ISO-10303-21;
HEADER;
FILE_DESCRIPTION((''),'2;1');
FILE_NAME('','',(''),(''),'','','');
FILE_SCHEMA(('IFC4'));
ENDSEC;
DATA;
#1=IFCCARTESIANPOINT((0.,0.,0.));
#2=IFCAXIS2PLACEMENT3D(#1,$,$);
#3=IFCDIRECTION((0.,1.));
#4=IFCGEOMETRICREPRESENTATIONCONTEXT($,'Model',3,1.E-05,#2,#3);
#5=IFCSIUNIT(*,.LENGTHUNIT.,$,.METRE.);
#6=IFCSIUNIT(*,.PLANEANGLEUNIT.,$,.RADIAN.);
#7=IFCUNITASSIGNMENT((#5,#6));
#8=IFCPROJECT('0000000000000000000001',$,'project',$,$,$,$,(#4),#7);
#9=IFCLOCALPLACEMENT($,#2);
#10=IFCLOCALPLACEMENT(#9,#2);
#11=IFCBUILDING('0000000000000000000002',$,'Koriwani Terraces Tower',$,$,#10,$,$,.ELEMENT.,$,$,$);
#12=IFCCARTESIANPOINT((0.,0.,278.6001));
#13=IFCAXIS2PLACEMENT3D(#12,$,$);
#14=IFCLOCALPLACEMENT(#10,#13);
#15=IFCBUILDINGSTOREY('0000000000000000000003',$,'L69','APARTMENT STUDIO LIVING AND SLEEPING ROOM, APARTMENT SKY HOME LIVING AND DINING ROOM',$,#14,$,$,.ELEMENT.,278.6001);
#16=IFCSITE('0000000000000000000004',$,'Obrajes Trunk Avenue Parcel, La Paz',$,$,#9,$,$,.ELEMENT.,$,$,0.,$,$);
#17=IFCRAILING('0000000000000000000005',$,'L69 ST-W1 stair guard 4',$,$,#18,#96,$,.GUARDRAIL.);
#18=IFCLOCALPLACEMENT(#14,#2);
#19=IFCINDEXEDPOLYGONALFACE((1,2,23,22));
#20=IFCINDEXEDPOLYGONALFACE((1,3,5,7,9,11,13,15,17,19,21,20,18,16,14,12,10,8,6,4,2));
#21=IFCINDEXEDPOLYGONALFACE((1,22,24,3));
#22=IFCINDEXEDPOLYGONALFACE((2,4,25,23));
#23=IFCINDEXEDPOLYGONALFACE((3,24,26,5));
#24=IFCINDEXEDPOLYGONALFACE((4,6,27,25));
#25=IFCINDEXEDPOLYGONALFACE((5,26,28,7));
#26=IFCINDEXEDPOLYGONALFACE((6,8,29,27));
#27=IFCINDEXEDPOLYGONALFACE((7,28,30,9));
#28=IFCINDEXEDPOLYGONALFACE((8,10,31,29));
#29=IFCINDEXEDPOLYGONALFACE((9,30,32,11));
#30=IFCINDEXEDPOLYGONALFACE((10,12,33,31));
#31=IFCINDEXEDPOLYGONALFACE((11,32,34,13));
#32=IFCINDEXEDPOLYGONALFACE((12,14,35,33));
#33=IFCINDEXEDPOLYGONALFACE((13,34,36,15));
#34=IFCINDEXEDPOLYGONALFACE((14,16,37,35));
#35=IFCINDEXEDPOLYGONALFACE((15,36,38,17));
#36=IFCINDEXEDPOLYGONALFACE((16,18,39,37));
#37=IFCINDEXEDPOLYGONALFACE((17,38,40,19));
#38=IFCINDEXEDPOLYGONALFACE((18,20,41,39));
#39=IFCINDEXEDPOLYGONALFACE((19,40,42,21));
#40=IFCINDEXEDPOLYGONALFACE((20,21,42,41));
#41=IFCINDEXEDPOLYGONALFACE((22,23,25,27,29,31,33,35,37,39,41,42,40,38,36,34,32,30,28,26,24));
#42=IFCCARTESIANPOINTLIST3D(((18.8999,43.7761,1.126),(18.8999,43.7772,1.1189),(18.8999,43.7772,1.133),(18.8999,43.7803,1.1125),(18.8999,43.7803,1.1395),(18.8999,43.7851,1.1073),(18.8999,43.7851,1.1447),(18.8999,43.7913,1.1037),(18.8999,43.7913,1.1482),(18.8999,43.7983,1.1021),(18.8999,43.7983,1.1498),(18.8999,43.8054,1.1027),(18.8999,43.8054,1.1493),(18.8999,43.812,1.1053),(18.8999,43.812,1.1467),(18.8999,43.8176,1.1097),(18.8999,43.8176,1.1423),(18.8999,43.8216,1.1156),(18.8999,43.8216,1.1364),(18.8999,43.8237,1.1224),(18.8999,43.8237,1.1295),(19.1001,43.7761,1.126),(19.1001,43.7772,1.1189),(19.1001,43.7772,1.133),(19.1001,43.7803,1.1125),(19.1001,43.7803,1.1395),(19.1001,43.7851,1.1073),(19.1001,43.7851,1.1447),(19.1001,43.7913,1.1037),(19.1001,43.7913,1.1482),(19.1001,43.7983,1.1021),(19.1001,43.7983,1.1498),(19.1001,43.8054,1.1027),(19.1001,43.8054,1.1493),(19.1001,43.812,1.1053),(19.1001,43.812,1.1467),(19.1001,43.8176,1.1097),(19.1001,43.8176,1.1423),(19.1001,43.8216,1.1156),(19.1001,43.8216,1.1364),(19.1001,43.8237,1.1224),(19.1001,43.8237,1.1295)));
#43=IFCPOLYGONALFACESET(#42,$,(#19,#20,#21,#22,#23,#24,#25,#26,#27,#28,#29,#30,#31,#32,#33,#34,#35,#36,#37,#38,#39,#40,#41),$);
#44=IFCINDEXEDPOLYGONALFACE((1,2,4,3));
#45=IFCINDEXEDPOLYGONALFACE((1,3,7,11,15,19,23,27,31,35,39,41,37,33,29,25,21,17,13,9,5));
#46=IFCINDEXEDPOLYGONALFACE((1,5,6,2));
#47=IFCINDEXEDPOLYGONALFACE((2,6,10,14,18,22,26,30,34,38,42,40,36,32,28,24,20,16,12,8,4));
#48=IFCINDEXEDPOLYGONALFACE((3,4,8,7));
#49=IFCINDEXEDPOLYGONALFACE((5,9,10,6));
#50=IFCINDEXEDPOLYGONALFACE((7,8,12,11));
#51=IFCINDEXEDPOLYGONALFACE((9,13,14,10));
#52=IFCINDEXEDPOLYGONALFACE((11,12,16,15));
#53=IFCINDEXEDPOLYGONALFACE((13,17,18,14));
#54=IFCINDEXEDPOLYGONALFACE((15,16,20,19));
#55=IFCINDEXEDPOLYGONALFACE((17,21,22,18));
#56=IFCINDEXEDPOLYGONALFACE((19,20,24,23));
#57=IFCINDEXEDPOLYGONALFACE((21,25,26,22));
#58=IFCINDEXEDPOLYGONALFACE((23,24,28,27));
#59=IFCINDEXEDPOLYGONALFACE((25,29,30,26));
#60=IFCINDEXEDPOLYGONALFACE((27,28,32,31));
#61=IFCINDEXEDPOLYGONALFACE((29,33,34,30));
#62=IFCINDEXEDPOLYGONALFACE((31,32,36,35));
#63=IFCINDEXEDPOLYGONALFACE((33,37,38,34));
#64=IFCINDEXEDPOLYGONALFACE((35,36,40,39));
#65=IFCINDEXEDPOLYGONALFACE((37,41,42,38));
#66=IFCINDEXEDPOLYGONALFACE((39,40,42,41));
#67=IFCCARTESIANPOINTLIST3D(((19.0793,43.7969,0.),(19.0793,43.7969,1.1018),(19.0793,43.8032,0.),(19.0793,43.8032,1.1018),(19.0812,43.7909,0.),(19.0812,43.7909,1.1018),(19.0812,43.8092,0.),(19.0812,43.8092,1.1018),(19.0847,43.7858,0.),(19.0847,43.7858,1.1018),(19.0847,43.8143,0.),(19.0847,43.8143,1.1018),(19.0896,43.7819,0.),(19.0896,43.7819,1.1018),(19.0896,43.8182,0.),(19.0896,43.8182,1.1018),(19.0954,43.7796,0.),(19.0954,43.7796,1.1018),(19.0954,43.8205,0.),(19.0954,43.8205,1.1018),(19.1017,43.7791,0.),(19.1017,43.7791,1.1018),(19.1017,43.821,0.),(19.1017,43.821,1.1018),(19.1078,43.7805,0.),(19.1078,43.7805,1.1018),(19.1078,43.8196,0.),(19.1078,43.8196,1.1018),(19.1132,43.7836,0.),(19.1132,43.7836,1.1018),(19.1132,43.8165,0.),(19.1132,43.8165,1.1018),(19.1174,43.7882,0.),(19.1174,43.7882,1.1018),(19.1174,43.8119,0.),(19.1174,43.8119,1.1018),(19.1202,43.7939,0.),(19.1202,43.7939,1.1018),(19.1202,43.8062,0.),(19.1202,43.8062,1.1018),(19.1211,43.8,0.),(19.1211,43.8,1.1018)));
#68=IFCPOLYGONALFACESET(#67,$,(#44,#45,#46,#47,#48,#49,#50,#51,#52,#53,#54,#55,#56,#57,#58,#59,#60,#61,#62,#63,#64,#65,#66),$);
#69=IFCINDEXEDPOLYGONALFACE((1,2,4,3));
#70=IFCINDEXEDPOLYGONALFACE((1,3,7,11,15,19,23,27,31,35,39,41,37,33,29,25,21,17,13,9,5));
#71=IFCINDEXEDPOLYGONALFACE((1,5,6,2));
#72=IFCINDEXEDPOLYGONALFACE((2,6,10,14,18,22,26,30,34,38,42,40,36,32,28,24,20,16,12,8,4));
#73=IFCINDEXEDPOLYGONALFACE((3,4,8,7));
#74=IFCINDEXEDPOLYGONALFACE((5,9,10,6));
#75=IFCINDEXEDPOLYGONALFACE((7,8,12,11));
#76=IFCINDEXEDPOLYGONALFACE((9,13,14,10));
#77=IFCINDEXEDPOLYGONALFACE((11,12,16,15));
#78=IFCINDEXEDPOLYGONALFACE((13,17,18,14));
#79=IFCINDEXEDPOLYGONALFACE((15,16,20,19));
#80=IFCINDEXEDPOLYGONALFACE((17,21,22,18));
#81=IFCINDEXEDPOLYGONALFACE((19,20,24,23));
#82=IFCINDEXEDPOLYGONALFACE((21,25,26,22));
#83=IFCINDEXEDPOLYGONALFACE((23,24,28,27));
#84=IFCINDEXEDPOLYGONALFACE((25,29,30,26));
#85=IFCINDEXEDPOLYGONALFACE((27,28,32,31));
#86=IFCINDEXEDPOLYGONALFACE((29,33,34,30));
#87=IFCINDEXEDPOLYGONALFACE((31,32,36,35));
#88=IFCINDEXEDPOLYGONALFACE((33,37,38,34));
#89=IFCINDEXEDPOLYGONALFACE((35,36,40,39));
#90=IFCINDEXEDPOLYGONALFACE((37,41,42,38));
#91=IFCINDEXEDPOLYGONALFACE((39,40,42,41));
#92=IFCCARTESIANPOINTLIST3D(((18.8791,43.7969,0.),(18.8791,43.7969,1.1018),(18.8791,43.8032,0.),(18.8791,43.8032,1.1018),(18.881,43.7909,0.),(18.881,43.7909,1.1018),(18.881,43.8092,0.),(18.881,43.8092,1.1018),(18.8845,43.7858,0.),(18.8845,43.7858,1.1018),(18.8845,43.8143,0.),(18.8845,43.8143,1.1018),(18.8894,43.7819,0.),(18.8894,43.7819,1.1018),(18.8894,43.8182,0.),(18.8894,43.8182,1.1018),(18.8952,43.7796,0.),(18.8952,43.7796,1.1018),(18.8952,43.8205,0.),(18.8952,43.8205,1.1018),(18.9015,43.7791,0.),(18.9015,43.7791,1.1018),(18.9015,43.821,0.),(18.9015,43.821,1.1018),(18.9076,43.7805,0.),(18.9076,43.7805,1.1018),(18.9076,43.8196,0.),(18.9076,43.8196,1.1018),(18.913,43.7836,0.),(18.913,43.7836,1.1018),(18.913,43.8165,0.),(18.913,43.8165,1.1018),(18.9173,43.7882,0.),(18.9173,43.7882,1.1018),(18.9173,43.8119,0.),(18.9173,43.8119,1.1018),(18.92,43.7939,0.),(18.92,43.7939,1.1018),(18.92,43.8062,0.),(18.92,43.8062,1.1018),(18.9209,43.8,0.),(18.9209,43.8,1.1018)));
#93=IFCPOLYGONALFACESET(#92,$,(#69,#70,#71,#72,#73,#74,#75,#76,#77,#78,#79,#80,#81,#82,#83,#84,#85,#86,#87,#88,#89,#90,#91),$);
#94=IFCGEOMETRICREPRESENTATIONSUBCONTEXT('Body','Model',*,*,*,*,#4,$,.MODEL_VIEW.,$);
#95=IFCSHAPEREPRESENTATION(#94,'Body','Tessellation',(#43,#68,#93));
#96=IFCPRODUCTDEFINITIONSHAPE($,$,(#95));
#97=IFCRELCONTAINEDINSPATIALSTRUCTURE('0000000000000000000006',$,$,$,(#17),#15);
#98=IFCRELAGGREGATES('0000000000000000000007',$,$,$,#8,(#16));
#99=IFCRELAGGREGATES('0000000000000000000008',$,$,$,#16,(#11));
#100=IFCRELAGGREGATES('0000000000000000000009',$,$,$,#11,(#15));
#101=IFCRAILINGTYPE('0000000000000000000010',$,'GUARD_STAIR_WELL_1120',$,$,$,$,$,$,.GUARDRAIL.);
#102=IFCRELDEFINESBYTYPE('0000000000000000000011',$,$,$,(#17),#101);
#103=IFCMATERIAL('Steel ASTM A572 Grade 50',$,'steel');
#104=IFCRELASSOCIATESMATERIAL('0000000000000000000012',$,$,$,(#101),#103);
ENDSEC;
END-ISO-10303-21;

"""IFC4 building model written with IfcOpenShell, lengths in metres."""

from ifc_helpers import new_model, si_unit, direction, frame, origin, origin_2d, place, context, subcontext, project, spatial, circle, extrude, material, type_object, element, save


model = new_model("IFC4")

# Units and contexts
model_context = context("Model", 3, precision=1e-05, world=origin(), true_north=direction((0.0, 1.0)))
body_context = subcontext(model_context, "Body", "Model", "MODEL_VIEW")
ifc_project = project(units=[si_unit("LENGTHUNIT", "METRE"), si_unit("PLANEANGLEUNIT", "RADIAN")], contexts=[model_context])

# Site, building, storey
site_placement = place(None, origin())
site = spatial("IfcSite", under=ifc_project, at=site_placement, Name="Obrajes Trunk Avenue Parcel, La Paz", CompositionType="ELEMENT", RefElevation=0.0)
building_placement = place(site_placement, origin())
building = spatial("IfcBuilding", under=site, at=building_placement, Name="Koriwani Terraces Tower", CompositionType="ELEMENT")
storey_placement = place(building_placement, frame((0.0, 0.0, 278.6001)))
storey = spatial("IfcBuildingStorey", under=building, at=storey_placement, Name="L69", Description="APARTMENT STUDIO LIVING AND SLEEPING ROOM, APARTMENT SKY HOME LIVING AND DINING ROOM", CompositionType="ELEMENT", Elevation=278.6001)

# Shared definitions
ifc_material_1 = material(Name="Steel ASTM A572 Grade 50", Category="steel")

# Railing
railing_type_1 = type_object("IfcRailingType", Name="GUARD_STAIR_WELL_1120", PredefinedType="GUARDRAIL", material=ifc_material_1)
railing_1_placement = place(storey_placement, frame((19.1001, 43.8, 0.0)))
element("IfcRailing", 1, at=railing_1_placement, inside=storey, type_object=railing_type_1, Name="L69 ST-W1 stair guard 4", PredefinedType="GUARDRAIL", context=body_context, shape_type="SweptSolid", body=[
    extrude(circle(Radius=0.0239, at=origin_2d()), frame((0.0, 0.0, 1.126), z_axis=(-1.0, 0.0, 0.0), x_axis=(0.0, -1.0, 0.0)), (0.0, 0.0, 1.0), 0.2002),
    extrude(circle(Radius=0.021, at=origin_2d()), origin(), (0.0, 0.0, 1.0), 1.1018),
    extrude(circle(Radius=0.021, at=origin_2d()), frame((-0.2002, 0.0, 0.0)), (0.0, 0.0, 1.0), 1.1018),
])

save(model, "model.ifc")
